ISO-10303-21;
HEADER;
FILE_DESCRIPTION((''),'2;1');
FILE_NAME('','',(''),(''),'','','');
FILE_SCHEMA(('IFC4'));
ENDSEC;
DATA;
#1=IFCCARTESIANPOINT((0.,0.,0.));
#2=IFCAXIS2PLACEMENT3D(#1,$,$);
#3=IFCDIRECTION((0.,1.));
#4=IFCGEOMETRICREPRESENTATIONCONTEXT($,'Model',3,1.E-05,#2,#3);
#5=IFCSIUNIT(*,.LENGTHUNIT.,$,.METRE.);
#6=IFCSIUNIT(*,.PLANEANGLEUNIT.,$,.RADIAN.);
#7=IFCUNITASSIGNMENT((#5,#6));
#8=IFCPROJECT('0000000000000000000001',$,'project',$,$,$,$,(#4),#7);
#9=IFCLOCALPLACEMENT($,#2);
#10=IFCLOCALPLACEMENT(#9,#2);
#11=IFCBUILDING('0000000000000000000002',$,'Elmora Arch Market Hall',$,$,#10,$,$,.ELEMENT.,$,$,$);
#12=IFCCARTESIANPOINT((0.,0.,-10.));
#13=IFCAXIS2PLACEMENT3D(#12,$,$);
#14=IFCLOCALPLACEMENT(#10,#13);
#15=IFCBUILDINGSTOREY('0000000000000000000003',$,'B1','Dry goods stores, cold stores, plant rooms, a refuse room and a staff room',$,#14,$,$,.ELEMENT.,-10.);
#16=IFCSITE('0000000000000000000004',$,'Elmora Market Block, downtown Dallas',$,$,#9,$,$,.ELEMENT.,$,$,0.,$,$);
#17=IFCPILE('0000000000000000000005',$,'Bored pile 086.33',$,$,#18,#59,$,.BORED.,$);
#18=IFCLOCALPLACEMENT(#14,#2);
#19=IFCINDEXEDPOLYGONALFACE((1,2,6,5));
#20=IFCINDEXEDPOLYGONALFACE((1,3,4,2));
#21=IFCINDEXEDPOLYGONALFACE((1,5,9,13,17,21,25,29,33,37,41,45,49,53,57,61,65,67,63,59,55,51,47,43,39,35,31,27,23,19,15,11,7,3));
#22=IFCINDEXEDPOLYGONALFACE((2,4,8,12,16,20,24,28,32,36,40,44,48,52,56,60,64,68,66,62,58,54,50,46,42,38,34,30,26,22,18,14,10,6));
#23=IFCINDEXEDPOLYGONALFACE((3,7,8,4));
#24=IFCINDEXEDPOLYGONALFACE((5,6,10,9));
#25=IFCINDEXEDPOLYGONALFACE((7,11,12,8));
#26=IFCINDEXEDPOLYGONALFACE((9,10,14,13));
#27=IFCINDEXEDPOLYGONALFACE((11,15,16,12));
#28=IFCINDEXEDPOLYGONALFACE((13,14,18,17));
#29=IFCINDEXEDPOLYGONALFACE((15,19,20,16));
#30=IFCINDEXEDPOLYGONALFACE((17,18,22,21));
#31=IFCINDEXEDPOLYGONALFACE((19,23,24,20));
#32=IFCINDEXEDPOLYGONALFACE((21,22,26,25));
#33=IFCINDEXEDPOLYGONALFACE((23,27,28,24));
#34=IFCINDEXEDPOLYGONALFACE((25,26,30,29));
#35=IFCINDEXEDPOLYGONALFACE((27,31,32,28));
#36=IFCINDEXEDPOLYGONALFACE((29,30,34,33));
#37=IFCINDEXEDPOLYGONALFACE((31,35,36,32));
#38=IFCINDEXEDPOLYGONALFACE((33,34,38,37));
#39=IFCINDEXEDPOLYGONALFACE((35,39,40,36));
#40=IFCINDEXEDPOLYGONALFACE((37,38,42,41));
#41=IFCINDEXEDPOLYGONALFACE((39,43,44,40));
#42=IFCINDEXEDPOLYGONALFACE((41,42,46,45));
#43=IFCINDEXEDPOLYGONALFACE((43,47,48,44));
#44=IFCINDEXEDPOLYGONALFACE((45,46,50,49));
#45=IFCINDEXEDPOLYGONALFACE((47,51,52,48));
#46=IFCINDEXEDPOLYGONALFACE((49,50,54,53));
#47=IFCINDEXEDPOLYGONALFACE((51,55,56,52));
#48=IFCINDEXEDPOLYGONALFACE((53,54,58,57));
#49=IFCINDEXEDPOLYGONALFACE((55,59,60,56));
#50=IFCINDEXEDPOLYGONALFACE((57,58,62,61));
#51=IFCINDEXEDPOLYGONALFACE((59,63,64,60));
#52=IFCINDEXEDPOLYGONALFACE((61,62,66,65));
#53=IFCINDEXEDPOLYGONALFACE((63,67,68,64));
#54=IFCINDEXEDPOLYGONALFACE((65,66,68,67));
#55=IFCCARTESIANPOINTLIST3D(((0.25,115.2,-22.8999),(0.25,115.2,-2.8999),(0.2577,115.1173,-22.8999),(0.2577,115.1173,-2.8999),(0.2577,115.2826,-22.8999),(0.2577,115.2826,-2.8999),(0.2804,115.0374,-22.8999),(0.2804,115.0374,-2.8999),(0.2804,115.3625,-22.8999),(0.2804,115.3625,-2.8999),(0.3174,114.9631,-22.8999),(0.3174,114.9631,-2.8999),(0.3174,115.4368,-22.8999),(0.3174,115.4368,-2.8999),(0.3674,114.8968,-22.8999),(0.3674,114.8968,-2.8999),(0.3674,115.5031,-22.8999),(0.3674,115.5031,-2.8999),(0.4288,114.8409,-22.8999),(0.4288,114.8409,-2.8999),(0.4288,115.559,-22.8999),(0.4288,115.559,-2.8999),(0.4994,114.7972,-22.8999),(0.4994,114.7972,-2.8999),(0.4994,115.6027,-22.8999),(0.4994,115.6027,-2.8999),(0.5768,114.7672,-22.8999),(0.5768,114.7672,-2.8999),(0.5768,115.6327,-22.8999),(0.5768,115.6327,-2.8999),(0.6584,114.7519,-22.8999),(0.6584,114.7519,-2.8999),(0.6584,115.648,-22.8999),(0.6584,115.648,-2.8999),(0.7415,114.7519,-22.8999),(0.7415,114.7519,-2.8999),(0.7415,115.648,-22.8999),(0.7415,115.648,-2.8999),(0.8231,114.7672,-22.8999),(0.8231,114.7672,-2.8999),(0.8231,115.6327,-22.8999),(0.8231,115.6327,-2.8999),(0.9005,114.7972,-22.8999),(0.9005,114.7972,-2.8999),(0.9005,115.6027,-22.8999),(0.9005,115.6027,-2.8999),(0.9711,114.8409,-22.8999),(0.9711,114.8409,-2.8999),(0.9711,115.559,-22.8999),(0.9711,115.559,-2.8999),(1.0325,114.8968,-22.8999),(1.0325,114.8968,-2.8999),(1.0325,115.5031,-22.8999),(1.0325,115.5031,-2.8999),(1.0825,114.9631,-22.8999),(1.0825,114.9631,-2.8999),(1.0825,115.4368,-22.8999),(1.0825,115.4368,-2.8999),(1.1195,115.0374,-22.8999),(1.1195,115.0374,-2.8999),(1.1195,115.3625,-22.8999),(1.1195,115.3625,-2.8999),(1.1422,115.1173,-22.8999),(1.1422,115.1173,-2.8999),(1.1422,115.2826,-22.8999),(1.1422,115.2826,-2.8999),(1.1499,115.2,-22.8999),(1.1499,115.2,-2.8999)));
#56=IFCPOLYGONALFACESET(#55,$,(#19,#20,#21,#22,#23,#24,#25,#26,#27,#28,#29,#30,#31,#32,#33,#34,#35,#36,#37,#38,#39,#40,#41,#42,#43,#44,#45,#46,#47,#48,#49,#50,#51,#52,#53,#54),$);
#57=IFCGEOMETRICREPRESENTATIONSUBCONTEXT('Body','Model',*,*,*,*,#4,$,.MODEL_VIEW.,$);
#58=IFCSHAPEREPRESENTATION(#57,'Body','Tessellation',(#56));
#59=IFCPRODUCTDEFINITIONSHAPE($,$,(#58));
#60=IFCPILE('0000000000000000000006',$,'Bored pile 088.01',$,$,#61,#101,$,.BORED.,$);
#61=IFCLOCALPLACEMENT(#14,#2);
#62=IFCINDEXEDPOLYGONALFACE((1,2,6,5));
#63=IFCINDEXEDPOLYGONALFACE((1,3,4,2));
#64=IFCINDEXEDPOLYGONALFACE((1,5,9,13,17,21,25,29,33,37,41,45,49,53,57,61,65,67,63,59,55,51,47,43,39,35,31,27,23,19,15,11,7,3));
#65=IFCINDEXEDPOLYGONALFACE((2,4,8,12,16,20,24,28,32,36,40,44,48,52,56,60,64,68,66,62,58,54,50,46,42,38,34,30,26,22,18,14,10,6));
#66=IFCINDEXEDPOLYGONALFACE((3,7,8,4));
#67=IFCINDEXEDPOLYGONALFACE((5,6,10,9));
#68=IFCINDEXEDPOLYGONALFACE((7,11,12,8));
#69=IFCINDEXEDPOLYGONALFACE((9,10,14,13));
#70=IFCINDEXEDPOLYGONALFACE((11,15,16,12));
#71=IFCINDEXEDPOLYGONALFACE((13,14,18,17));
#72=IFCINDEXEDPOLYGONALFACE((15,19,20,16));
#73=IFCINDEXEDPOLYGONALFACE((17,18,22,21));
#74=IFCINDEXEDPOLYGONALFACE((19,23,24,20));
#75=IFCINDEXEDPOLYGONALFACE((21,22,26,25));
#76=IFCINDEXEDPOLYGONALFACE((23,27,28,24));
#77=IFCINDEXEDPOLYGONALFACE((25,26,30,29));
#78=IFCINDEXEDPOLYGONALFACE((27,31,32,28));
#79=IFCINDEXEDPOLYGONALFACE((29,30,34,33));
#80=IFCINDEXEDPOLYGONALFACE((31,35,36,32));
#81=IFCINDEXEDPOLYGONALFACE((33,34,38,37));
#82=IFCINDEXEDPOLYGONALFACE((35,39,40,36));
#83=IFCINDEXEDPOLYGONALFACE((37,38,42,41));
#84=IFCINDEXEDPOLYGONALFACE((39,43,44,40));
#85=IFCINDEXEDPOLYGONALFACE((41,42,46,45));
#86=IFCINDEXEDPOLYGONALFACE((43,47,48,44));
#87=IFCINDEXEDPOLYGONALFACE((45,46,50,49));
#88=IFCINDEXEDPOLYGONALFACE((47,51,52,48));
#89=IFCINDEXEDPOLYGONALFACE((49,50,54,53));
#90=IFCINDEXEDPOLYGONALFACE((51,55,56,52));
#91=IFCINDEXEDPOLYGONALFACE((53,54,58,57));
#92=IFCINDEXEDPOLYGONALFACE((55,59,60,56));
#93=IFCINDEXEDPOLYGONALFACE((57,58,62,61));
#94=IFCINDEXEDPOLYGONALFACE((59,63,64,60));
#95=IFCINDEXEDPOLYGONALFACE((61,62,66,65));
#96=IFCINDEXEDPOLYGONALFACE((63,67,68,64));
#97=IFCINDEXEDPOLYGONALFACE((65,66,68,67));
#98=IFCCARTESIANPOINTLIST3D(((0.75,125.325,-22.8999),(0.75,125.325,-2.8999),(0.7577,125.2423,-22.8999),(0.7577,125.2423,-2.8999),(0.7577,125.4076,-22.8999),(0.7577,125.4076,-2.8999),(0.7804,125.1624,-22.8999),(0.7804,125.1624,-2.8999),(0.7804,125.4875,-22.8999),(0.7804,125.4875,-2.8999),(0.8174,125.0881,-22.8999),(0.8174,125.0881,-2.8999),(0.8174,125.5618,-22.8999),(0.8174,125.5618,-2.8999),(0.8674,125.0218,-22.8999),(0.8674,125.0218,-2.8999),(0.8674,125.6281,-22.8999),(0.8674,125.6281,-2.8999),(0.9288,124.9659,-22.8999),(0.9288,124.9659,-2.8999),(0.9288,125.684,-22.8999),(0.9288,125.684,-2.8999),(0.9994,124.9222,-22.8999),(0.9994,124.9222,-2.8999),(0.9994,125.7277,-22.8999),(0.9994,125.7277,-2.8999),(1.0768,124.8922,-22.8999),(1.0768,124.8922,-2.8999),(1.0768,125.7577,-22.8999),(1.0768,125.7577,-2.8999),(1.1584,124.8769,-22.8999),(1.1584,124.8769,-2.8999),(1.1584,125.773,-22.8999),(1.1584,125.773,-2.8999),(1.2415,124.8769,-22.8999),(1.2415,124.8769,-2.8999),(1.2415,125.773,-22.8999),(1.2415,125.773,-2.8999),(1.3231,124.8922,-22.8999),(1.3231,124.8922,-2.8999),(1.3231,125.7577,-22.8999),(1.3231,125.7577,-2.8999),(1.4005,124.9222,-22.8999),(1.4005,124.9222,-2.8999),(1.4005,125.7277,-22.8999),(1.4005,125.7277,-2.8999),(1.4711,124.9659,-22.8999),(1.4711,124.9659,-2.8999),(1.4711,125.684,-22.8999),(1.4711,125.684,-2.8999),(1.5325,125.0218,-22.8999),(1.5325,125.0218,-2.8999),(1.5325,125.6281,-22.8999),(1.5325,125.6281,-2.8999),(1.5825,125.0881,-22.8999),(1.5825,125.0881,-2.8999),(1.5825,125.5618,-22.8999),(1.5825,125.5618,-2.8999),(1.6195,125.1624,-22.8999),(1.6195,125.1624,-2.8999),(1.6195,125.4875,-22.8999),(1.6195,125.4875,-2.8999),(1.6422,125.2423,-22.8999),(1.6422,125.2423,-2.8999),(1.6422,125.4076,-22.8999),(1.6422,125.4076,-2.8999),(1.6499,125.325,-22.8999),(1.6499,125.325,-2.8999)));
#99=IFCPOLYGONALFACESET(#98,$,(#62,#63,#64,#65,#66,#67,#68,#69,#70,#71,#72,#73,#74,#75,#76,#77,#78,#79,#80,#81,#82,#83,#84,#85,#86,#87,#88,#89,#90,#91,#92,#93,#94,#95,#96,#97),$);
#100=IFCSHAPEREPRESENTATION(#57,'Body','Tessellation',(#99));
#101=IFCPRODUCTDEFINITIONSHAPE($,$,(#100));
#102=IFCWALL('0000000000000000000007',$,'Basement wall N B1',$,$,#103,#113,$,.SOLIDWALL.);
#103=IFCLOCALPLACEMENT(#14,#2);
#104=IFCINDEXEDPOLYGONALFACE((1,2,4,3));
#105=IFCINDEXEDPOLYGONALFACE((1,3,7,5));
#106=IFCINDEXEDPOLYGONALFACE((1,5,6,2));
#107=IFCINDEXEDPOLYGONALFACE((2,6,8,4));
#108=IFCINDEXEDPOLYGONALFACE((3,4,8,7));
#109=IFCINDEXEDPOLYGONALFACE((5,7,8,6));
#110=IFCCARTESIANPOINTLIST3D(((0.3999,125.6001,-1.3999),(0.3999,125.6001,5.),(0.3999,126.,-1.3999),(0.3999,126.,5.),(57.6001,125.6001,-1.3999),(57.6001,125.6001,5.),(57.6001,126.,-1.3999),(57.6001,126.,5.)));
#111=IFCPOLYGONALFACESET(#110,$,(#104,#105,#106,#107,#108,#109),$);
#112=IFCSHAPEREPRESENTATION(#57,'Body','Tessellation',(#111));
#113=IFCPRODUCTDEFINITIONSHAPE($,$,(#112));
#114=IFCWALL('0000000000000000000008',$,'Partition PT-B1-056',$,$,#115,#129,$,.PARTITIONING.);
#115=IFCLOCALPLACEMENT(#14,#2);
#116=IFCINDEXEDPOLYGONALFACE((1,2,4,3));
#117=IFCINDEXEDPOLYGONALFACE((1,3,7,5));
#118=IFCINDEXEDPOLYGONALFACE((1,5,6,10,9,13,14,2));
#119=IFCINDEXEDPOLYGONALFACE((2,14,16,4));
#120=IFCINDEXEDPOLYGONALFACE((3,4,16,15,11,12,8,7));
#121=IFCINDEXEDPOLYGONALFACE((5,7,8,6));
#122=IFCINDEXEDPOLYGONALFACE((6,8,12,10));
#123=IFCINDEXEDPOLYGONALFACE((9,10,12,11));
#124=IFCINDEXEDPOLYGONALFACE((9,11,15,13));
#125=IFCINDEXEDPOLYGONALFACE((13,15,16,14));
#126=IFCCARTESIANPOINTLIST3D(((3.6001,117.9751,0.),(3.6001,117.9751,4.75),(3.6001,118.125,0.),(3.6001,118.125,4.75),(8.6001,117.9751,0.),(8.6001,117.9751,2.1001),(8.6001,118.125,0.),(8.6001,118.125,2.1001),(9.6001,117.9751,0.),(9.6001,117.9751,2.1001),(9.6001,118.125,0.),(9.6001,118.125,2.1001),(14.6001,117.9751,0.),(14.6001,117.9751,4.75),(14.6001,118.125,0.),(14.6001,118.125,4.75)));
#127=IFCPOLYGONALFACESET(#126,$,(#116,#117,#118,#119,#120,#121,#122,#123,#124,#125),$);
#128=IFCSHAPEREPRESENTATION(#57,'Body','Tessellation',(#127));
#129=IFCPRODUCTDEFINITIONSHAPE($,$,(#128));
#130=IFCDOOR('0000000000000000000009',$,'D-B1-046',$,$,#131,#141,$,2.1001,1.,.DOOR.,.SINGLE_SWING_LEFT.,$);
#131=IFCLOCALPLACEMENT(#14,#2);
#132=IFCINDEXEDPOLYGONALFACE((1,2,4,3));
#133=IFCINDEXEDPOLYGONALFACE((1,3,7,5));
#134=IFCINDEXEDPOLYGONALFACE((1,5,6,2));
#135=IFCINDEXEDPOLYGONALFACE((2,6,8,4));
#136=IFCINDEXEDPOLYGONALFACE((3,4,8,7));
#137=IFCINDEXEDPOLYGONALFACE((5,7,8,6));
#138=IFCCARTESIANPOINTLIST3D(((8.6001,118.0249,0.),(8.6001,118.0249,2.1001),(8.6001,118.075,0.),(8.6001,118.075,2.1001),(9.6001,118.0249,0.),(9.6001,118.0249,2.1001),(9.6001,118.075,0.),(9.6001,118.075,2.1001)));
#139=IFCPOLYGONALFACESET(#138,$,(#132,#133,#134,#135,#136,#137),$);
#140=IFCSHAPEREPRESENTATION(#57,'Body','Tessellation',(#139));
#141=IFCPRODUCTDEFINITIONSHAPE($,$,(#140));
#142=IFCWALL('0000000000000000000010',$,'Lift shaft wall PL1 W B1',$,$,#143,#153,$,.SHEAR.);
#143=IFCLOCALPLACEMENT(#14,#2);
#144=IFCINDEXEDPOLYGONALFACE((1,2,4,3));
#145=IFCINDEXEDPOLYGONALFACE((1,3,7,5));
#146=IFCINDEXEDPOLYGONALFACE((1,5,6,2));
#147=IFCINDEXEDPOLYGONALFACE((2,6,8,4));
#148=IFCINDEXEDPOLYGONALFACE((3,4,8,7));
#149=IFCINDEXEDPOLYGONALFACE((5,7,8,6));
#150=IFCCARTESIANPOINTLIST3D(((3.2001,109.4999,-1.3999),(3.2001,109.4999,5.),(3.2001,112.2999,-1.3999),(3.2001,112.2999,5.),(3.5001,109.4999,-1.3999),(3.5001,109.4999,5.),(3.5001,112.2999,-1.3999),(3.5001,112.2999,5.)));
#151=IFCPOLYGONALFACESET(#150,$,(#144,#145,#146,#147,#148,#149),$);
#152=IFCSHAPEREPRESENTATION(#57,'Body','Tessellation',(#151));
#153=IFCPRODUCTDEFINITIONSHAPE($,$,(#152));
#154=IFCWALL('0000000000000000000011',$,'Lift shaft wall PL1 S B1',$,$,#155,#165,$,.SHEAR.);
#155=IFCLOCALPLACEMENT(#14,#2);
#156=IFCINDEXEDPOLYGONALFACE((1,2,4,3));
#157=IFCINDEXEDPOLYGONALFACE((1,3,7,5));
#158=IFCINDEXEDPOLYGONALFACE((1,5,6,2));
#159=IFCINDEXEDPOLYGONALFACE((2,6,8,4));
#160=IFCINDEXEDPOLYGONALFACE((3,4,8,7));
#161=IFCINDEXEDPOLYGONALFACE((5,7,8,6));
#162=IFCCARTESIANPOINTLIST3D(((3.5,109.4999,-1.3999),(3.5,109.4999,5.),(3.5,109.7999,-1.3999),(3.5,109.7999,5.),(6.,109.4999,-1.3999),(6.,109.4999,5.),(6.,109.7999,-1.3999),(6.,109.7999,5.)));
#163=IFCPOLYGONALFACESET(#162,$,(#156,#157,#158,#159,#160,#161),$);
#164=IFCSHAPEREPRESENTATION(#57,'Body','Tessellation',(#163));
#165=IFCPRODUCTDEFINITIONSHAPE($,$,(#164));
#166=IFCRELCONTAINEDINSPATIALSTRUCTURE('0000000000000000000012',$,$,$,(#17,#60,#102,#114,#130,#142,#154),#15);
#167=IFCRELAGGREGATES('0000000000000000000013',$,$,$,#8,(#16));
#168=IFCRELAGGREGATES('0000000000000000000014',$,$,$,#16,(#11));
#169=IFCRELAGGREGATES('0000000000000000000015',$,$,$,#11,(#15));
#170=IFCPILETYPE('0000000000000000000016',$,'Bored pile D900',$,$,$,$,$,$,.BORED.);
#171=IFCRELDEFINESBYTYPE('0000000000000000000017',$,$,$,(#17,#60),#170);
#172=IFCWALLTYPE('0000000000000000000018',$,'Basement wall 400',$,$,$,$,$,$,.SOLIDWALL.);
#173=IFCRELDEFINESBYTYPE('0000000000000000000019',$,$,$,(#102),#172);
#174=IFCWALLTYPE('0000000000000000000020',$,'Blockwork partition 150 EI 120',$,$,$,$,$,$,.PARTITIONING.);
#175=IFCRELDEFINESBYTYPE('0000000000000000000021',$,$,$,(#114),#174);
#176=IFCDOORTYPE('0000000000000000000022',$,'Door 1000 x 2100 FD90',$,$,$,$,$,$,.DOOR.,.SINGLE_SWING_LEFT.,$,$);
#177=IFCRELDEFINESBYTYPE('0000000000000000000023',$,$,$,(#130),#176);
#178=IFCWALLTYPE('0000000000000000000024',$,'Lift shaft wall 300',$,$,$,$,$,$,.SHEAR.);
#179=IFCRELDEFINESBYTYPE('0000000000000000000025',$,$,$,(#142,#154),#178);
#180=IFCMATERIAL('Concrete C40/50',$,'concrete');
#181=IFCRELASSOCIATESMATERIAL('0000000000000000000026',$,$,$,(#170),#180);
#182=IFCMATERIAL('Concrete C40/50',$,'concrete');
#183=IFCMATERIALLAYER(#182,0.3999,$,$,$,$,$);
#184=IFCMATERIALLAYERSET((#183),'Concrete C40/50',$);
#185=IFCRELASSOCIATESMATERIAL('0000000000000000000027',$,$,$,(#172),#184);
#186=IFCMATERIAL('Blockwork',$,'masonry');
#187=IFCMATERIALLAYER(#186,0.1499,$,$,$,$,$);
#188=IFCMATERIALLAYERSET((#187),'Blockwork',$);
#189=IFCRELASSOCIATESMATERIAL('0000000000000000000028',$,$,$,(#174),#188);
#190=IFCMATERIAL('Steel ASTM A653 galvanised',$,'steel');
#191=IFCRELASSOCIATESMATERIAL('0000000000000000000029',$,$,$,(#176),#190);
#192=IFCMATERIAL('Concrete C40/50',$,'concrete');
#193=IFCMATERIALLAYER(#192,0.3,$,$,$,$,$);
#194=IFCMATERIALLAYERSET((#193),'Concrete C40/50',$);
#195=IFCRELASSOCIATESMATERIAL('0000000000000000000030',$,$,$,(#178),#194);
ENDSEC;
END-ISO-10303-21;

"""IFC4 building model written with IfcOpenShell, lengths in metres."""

from ifc_helpers import new_model, si_unit, direction, frame, frame_2d, origin, origin_2d, place, context, subcontext, project, spatial, rectangle, circle, extrude, material, layer, layer_set, material_profile, profile_set, type_object, element, fill, save


model = new_model("IFC4")

# Units and contexts
model_context = context("Model", 3, precision=1e-05, world=origin(), true_north=direction((0.0, 1.0)))
body_context = subcontext(model_context, "Body", "Model", "MODEL_VIEW")
ifc_project = project(units=[si_unit("LENGTHUNIT", "METRE"), si_unit("PLANEANGLEUNIT", "RADIAN")], contexts=[model_context])

# Site, building, storey
site_placement = place(None, origin())
site = spatial("IfcSite", under=ifc_project, at=site_placement, Name="Elmora Market Block, downtown Dallas", CompositionType="ELEMENT", RefElevation=0.0)
building_placement = place(site_placement, origin())
building = spatial("IfcBuilding", under=site, at=building_placement, Name="Elmora Arch Market Hall", CompositionType="ELEMENT")
storey_placement = place(building_placement, frame((0.0, 0.0, -10.0)))
storey = spatial("IfcBuildingStorey", under=building, at=storey_placement, Name="B1", Description="Dry goods stores, cold stores, plant rooms, a refuse room and a staff room", CompositionType="ELEMENT", Elevation=-10.0)

# Piles
ifc_material_1 = material(Name="Concrete C40/50", Category="concrete")
ifc_material_profile = material_profile(ifc_material_1, circle(Radius=0.45, at=origin_2d()), Name="Bored pile D900")
ifc_profile_set = profile_set([ifc_material_profile], Name="Concrete C40/50")
pile_type = type_object("IfcPileType", Name="Bored pile D900", PredefinedType="BORED", material=ifc_profile_set)
for number, where, z_axis, x_axis, name in (
    (1, (0.7, 115.2, -2.8999), (0.0, 0.0, -1.0), (1.0, 0.0, 0.0), "Bored pile 086.33"),
    (2, (1.2, 125.325, -2.8999), (0.0, 0.0, -1.0), (1.0, 0.0, 0.0), "Bored pile 088.01"),
):
    element("IfcPile", number, at=place(storey_placement, frame(where, z_axis=z_axis, x_axis=x_axis)), inside=storey, type_object=pile_type, Name=name, PredefinedType="BORED", context=body_context, shape_type="SweptSolid", body=[
        extrude(circle(Radius=0.45, at=origin_2d()), origin(), (0.0, 0.0, 1.0), 20.0),
    ])

# Wall
ifc_material_2 = material(Name="Concrete C40/50", Category="concrete")
ifc_layer_1 = layer(ifc_material_2, 0.3999)
ifc_layer_set_1 = layer_set([ifc_layer_1], Name="Concrete C40/50")
wall_type_1 = type_object("IfcWallType", Name="Basement wall 400", PredefinedType="SOLIDWALL", material=ifc_layer_set_1)
wall_1_placement = place(storey_placement, frame((0.3999, 125.8, -1.3999), z_axis=(0.0, 0.0, 1.0), x_axis=(1.0, 0.0, 0.0)))
element("IfcWall", 3, at=wall_1_placement, inside=storey, type_object=wall_type_1, Name="Basement wall N B1", PredefinedType="SOLIDWALL", context=body_context, shape_type="SweptSolid", body=[
    extrude(rectangle(XDim=57.2002, YDim=0.3999, at=frame_2d((28.6001, 0.0))), origin(), (0.0, 0.0, 1.0), 6.3999),
])

# Wall, opening, door
ifc_material_3 = material(Name="Blockwork", Category="masonry")
ifc_layer_2 = layer(ifc_material_3, 0.1499)
ifc_layer_set_2 = layer_set([ifc_layer_2], Name="Blockwork")
wall_type_2 = type_object("IfcWallType", Name="Blockwork partition 150 EI 120", PredefinedType="PARTITIONING", material=ifc_layer_set_2)
wall_2_placement = place(storey_placement, frame((3.6001, 118.05, 0.0), z_axis=(0.0, 0.0, 1.0), x_axis=(1.0, 0.0, 0.0)))
wall_2 = element("IfcWall", 4, at=wall_2_placement, inside=storey, type_object=wall_type_2, Name="Partition PT-B1-056", PredefinedType="PARTITIONING", context=body_context, shape_type="SweptSolid", body=[
    extrude(rectangle(XDim=11.0, YDim=0.1499, at=frame_2d((5.5, 0.0))), origin(), (0.0, 0.0, 1.0), 4.75),
])
opening_1_placement = place(wall_2_placement, frame((5.0, 0.0, 0.0)))
opening_1 = element("IfcOpeningElement", 5, at=opening_1_placement, cuts=wall_2, PredefinedType="OPENING", context=body_context, shape_type="SweptSolid", body=[
    extrude(rectangle(XDim=1.0, YDim=2.1001, at=frame_2d((0.5, 1.05))), frame((0.0, 0.085, 0.0), z_axis=(0.0, -1.0, 0.0), x_axis=(1.0, 0.0, 0.0)), (0.0, 0.0, 1.0), 0.1699),
])
ifc_material_4 = material(Name="Steel ASTM A653 galvanised", Category="steel")
door_type_1 = type_object("IfcDoorType", Name="Door 1000 x 2100 FD90", OperationType="SINGLE_SWING_LEFT", PredefinedType="DOOR", material=ifc_material_4)
door_1_placement = place(opening_1_placement, origin())
door_1 = element("IfcDoor", 6, at=door_1_placement, inside=storey, type_object=door_type_1, Name="D-B1-046", OperationType="SINGLE_SWING_LEFT", OverallHeight=2.1001, OverallWidth=1.0, PredefinedType="DOOR", context=body_context, shape_type="SweptSolid", body=[
    extrude(rectangle(XDim=1.0, YDim=2.1001, at=frame_2d((0.5, 1.05))), frame((0.0, 0.0249, 0.0), z_axis=(0.0, -1.0, 0.0), x_axis=(1.0, 0.0, 0.0)), (0.0, 0.0, 1.0), 0.05),
])
fill(opening_1, door_1)

# Walls
ifc_material_5 = material(Name="Concrete C40/50", Category="concrete")
ifc_layer_3 = layer(ifc_material_5, 0.3)
ifc_layer_set_3 = layer_set([ifc_layer_3], Name="Concrete C40/50")
wall_type_3 = type_object("IfcWallType", Name="Lift shaft wall 300", PredefinedType="SHEAR", material=ifc_layer_set_3)
wall_3_placement = place(storey_placement, frame((3.3501, 109.5, -1.3999), z_axis=(0.0, 0.0, 1.0), x_axis=(0.0, 1.0, 0.0)))
element("IfcWall", 7, at=wall_3_placement, inside=storey, type_object=wall_type_3, Name="Lift shaft wall PL1 W B1", PredefinedType="SHEAR", context=body_context, shape_type="SweptSolid", body=[
    extrude(rectangle(XDim=2.8, YDim=0.3, at=frame_2d((1.3999, 0.0))), origin(), (0.0, 0.0, 1.0), 6.3999),
])
wall_4_placement = place(storey_placement, frame((3.5, 109.6499, -1.3999), z_axis=(0.0, 0.0, 1.0), x_axis=(1.0, 0.0, 0.0)))
element("IfcWall", 8, at=wall_4_placement, inside=storey, type_object=wall_type_3, Name="Lift shaft wall PL1 S B1", PredefinedType="SHEAR", context=body_context, shape_type="SweptSolid", body=[
    extrude(rectangle(XDim=2.5, YDim=0.3, at=frame_2d((1.25, 0.0))), origin(), (0.0, 0.0, 1.0), 6.3999),
])

save(model, "model.ifc")
